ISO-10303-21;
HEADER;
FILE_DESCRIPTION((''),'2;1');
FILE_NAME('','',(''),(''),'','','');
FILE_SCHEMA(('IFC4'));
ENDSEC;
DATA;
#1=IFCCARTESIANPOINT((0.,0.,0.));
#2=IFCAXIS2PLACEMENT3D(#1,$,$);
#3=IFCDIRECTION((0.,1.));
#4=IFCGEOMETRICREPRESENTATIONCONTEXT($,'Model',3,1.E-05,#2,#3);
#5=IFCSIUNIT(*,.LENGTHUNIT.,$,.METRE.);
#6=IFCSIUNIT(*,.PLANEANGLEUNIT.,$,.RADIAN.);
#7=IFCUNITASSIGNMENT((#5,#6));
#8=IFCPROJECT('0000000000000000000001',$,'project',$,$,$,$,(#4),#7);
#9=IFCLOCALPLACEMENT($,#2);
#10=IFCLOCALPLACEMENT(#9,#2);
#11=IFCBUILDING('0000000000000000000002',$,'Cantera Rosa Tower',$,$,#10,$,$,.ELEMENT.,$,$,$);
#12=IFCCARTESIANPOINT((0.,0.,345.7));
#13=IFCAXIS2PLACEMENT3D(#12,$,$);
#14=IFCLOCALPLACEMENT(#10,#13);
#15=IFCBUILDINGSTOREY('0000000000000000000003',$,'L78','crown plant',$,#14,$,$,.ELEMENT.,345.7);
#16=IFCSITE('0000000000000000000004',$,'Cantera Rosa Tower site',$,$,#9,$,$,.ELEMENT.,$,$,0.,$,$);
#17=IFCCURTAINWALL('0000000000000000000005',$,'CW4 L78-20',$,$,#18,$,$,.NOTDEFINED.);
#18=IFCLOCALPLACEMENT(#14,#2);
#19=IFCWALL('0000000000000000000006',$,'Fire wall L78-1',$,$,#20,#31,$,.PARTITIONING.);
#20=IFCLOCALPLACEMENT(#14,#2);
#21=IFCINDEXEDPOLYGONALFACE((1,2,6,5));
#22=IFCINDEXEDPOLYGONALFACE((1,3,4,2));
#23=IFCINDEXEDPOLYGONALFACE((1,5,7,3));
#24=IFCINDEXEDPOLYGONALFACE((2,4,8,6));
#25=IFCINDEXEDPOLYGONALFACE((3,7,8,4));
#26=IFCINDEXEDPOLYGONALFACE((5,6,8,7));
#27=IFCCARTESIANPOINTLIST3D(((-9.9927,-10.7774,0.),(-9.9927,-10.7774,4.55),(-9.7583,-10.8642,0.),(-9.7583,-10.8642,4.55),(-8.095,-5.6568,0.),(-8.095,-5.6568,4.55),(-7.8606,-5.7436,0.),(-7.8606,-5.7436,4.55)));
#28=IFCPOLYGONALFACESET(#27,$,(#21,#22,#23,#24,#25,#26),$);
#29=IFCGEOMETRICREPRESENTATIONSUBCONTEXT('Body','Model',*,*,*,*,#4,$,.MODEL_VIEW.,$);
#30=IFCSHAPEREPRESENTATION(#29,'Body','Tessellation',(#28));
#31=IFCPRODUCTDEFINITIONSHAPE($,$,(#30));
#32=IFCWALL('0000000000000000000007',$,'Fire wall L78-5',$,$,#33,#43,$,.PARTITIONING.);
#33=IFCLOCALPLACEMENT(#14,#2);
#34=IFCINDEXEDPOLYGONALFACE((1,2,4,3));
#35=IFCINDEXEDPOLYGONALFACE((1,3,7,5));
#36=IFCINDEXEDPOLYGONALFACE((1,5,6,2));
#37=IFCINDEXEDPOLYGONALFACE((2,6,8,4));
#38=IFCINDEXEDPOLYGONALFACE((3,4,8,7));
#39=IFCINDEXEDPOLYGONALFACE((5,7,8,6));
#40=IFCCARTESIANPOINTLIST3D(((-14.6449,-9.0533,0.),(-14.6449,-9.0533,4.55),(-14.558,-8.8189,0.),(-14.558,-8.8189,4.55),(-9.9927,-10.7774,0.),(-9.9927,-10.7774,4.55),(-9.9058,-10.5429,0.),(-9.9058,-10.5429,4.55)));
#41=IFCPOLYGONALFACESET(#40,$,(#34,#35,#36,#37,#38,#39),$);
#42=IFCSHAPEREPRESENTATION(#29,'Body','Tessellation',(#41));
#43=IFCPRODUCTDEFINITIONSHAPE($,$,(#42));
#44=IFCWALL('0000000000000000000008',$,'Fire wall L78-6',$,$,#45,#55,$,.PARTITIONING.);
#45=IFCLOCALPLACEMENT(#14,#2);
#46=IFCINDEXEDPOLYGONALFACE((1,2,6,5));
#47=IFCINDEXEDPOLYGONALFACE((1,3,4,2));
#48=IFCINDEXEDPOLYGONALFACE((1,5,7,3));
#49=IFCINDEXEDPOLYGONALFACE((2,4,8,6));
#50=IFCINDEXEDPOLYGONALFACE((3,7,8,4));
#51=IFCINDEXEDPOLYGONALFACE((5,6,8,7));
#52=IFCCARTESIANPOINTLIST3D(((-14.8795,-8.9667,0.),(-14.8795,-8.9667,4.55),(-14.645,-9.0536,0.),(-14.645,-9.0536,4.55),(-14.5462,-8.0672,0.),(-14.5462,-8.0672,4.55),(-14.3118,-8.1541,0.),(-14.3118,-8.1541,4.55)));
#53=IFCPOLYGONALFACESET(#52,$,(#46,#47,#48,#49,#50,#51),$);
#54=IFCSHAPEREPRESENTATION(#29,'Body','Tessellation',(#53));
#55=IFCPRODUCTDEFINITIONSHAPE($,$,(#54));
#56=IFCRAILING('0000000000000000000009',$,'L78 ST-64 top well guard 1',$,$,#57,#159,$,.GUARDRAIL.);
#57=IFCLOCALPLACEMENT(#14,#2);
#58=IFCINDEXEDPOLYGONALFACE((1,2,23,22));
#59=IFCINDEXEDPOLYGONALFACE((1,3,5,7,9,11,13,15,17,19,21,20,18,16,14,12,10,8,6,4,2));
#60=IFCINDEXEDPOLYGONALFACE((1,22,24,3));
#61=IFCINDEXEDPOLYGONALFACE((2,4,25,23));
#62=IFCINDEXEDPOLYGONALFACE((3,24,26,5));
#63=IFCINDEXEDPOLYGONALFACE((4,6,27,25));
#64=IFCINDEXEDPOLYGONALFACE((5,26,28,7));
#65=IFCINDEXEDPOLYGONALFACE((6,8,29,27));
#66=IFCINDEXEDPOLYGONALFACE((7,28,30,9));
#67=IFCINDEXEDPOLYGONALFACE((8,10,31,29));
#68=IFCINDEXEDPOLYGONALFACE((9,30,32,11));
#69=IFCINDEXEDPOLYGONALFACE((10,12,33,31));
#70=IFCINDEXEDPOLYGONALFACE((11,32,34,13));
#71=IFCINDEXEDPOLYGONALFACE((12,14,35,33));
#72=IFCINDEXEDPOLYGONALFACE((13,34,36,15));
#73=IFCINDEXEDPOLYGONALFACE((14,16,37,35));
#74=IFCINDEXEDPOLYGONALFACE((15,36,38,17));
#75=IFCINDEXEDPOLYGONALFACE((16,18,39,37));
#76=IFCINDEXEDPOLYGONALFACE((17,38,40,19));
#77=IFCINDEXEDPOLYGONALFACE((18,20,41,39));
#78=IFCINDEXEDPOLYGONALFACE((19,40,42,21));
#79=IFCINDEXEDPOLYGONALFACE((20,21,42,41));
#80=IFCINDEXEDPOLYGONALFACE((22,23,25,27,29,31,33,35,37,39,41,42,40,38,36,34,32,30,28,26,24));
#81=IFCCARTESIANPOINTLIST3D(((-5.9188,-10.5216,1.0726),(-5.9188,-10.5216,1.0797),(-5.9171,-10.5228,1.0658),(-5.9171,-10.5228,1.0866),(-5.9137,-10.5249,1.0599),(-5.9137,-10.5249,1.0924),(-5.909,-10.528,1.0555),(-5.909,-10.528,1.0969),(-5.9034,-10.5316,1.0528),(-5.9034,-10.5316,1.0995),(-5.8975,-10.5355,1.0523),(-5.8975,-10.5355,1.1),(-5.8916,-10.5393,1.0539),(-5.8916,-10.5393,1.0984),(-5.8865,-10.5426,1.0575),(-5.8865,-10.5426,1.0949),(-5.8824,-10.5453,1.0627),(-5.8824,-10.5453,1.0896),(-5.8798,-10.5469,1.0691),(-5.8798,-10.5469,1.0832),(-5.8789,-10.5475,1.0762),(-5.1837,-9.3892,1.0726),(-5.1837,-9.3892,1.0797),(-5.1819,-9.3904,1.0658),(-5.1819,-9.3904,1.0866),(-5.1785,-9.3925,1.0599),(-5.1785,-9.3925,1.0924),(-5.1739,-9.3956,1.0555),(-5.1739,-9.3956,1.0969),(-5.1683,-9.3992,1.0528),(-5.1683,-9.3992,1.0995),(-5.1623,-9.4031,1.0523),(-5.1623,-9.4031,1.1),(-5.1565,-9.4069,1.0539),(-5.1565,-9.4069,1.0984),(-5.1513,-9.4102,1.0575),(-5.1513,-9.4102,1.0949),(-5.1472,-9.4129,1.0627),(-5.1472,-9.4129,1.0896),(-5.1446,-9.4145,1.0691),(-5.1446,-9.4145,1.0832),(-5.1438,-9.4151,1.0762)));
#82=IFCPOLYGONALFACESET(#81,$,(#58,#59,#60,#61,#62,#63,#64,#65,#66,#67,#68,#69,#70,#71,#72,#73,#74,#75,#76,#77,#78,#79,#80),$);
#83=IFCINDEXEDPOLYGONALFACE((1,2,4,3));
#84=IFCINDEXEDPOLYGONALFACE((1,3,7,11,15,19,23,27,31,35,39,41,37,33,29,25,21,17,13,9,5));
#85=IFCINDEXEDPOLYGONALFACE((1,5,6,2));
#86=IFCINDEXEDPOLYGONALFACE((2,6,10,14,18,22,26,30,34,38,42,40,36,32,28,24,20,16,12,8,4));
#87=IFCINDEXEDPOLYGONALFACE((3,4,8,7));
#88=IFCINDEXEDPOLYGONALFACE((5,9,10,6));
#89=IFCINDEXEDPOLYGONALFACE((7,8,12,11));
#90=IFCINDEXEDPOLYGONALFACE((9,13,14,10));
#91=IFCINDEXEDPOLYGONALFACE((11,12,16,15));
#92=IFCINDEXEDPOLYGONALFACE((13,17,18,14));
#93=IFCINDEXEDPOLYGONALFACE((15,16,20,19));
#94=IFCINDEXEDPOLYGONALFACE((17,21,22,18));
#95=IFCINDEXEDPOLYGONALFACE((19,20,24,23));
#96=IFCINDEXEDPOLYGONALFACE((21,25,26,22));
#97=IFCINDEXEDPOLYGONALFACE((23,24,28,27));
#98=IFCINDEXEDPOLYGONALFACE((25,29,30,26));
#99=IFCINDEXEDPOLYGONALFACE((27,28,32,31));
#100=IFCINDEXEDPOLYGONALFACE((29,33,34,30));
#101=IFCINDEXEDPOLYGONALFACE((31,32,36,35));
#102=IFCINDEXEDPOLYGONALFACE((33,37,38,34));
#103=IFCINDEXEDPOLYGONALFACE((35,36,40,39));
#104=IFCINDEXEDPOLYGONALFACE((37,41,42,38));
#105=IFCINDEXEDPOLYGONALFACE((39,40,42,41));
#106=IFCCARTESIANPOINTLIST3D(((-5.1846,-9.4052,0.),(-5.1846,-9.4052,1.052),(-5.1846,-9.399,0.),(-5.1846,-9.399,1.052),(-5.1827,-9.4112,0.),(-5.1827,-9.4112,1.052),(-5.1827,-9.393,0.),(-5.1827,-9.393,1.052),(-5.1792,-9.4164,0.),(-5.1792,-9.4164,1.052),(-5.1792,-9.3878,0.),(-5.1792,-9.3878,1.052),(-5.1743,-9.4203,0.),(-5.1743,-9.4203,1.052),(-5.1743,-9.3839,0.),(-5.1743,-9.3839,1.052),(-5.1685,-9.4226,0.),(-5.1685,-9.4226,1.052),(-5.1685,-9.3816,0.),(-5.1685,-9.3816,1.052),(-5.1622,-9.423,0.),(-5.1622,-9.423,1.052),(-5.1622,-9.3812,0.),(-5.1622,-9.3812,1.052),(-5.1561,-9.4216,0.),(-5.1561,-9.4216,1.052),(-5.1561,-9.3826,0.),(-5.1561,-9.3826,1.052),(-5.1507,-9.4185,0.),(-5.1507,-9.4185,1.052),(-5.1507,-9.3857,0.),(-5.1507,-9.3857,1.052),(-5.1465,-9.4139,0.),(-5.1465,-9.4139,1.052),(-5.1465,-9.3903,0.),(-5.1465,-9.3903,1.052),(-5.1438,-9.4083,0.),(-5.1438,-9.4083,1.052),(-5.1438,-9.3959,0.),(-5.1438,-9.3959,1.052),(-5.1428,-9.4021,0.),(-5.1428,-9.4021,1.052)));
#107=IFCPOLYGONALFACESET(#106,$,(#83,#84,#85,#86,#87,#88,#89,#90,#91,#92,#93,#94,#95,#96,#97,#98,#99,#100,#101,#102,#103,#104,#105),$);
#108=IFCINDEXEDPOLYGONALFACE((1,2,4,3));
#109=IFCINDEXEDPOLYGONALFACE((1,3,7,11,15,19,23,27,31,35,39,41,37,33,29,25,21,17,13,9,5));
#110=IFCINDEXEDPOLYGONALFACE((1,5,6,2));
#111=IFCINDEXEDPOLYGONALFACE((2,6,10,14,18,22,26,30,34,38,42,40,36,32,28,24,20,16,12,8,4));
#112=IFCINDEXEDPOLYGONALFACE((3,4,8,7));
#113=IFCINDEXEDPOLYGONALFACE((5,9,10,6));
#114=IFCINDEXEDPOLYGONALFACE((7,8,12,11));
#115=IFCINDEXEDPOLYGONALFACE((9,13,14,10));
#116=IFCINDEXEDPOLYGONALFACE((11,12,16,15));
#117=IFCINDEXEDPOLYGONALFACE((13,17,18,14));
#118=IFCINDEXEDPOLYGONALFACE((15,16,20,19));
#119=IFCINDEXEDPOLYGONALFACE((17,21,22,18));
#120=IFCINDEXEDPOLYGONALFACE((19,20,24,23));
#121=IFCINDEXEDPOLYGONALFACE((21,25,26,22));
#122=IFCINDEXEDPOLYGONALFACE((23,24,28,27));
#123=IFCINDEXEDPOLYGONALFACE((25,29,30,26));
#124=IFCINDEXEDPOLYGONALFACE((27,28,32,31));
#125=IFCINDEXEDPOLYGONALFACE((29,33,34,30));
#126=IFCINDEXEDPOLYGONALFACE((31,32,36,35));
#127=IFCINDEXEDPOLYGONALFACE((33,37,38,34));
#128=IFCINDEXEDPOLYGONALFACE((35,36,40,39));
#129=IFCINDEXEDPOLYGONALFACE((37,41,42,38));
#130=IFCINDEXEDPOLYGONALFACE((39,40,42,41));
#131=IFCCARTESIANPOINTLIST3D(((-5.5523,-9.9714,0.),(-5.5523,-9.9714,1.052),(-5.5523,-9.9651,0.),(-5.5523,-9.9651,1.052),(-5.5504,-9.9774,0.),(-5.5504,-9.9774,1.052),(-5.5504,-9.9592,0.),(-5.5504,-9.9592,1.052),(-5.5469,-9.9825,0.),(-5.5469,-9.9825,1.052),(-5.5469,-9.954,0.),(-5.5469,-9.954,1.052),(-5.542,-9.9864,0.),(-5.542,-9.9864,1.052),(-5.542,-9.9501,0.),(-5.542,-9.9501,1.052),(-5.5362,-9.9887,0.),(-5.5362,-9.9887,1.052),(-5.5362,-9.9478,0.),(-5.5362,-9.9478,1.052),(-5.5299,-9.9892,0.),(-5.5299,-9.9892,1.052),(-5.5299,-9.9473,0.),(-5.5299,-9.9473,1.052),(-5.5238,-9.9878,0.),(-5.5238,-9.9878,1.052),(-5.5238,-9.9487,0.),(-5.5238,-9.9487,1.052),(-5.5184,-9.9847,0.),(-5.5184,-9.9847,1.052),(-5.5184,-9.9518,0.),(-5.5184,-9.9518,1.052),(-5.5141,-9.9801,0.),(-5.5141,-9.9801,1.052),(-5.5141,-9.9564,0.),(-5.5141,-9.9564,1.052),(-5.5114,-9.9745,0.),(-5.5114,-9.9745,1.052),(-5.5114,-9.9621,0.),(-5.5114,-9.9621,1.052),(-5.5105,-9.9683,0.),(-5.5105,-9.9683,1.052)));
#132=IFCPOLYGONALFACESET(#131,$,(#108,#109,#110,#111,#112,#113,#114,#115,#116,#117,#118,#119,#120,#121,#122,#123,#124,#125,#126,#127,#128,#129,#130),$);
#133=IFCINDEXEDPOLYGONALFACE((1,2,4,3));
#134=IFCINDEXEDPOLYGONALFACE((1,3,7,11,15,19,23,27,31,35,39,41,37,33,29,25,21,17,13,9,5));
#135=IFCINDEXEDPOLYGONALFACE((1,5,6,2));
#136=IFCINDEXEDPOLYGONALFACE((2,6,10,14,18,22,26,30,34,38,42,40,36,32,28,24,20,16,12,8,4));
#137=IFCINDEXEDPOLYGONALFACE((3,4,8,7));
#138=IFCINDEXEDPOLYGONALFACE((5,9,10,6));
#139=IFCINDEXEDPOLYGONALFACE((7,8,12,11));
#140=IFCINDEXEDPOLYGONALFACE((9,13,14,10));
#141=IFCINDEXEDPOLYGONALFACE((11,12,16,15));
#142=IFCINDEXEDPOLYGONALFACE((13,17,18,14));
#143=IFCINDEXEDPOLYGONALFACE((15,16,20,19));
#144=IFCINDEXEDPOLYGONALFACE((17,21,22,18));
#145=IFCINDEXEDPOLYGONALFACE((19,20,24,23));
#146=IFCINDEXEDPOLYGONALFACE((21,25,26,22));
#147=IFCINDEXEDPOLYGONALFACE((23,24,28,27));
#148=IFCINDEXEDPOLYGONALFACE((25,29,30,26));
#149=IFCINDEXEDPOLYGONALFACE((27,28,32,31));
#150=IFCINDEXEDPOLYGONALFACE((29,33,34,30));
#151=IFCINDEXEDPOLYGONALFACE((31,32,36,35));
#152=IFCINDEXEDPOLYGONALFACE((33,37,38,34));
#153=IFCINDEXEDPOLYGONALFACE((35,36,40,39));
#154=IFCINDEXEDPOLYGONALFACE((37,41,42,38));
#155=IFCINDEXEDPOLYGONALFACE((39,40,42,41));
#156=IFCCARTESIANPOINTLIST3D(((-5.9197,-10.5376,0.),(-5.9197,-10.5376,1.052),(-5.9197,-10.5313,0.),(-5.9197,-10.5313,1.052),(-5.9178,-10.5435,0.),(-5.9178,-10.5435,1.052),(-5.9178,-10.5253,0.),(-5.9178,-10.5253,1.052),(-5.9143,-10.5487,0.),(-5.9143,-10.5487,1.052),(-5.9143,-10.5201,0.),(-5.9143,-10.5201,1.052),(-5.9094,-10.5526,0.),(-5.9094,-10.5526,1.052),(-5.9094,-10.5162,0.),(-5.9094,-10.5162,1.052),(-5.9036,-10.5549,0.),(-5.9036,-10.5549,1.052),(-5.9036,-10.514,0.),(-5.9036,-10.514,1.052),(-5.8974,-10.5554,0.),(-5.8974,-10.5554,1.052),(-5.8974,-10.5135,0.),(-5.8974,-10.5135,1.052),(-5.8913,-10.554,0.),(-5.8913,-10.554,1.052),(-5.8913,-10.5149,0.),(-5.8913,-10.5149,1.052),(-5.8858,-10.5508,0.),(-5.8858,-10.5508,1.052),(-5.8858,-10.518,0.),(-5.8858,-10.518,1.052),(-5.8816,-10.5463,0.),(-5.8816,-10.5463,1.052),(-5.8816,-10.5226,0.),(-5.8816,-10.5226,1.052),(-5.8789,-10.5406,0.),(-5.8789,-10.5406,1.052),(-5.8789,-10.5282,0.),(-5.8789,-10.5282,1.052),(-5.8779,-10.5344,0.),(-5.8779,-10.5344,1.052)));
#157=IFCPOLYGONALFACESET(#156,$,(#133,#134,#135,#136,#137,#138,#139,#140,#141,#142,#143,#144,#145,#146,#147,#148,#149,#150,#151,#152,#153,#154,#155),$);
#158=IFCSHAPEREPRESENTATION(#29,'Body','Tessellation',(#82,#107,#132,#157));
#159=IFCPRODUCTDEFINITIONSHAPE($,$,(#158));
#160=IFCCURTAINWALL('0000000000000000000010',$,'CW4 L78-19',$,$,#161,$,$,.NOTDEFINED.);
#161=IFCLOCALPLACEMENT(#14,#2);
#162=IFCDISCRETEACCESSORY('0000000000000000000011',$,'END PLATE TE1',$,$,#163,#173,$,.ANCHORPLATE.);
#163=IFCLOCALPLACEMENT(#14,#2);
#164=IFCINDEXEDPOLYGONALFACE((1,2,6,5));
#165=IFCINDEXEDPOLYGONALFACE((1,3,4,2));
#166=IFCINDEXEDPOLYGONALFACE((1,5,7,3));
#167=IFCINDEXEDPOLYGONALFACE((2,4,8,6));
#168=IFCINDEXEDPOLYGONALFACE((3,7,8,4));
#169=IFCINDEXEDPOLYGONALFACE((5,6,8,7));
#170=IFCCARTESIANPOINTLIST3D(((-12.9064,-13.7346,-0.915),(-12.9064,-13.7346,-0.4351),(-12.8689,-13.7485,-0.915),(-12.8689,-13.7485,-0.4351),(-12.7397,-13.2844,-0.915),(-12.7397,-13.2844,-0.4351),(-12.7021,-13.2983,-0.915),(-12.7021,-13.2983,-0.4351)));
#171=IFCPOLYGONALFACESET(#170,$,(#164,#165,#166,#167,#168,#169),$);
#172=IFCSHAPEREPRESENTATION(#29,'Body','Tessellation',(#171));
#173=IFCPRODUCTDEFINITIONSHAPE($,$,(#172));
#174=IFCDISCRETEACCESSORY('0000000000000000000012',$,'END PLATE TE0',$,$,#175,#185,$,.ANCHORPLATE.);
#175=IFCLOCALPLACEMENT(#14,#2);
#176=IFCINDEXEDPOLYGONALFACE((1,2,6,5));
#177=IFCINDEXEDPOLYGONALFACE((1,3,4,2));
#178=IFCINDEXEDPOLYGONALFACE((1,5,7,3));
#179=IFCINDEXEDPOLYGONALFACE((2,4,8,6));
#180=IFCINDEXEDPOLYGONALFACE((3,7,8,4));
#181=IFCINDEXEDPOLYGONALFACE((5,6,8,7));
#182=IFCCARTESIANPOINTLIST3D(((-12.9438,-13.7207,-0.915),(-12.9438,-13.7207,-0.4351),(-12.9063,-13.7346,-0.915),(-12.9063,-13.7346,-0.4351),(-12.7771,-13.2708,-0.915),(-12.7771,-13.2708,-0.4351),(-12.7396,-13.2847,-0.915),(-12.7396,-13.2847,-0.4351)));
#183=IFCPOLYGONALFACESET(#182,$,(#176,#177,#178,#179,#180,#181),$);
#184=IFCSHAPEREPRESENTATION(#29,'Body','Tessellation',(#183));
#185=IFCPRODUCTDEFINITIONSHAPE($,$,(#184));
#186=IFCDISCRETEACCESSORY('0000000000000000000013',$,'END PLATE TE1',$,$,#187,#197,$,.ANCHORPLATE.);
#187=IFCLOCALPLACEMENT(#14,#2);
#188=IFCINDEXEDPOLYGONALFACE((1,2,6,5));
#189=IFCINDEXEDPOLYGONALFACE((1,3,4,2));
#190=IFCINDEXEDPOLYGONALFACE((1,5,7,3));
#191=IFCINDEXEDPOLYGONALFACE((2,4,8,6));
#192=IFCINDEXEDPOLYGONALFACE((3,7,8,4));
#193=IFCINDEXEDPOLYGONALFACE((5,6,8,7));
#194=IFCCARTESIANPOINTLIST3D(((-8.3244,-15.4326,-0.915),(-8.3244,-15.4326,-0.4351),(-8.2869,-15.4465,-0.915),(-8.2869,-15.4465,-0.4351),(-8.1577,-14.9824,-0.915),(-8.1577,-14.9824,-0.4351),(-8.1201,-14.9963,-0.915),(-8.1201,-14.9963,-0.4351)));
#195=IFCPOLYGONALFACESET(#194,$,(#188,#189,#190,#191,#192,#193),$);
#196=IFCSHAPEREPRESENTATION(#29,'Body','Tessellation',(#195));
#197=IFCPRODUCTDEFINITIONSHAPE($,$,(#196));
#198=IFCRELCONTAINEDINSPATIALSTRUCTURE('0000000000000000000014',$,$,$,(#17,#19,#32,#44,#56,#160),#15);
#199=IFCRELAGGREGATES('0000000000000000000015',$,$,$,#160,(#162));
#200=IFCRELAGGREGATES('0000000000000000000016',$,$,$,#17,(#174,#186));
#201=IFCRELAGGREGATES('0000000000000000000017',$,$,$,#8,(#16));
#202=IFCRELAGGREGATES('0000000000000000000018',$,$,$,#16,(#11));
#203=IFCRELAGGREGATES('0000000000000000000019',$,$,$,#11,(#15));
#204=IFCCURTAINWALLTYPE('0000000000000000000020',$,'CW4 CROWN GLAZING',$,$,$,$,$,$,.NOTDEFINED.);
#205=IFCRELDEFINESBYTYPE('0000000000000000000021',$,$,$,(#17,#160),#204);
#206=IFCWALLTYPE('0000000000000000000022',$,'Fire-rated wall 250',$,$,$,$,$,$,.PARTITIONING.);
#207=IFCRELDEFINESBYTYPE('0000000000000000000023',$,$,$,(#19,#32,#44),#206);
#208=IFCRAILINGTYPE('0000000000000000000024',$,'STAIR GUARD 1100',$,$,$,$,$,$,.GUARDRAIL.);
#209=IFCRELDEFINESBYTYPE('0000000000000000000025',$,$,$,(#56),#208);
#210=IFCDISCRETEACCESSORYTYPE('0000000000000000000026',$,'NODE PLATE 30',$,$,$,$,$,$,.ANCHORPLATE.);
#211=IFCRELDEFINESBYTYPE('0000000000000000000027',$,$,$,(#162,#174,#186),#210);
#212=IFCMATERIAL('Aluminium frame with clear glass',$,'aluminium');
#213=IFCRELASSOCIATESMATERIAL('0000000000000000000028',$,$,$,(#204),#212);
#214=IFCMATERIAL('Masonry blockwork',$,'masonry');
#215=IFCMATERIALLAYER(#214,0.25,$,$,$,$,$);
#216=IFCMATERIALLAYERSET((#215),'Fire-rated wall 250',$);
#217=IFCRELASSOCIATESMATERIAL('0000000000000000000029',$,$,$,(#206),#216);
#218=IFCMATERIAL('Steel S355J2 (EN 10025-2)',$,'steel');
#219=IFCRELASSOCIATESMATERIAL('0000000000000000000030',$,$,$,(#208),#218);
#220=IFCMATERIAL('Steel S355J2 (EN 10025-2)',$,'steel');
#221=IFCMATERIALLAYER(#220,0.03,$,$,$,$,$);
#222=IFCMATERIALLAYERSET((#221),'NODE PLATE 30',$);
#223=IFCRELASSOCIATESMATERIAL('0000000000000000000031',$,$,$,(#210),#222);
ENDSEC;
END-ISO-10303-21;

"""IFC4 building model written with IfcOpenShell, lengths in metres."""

from ifc_helpers import new_model, si_unit, direction, frame, frame_2d, origin, origin_2d, place, context, subcontext, project, spatial, polyline, rectangle, circle, outline, extrude, material, layer, layer_set, type_object, element, aggregate, save


model = new_model("IFC4")

# Units and contexts
model_context = context("Model", 3, precision=1e-05, world=origin(), true_north=direction((0.0, 1.0)))
body_context = subcontext(model_context, "Body", "Model", "MODEL_VIEW")
ifc_project = project(units=[si_unit("LENGTHUNIT", "METRE"), si_unit("PLANEANGLEUNIT", "RADIAN")], contexts=[model_context])

# Site, building, storey
site_placement = place(None, origin())
site = spatial("IfcSite", under=ifc_project, at=site_placement, Name="Cantera Rosa Tower site", CompositionType="ELEMENT", RefElevation=0.0)
building_placement = place(site_placement, origin())
building = spatial("IfcBuilding", under=site, at=building_placement, Name="Cantera Rosa Tower", CompositionType="ELEMENT")
storey_placement = place(building_placement, frame((0.0, 0.0, 345.7)))
storey = spatial("IfcBuildingStorey", under=building, at=storey_placement, Name="L78", Description="crown plant", CompositionType="ELEMENT", Elevation=345.7)

# Curtain wall
ifc_material_1 = material(Name="Aluminium frame with clear glass", Category="aluminium")
curtain_wall_type = type_object("IfcCurtainWallType", Name="CW4 CROWN GLAZING", PredefinedType="NOTDEFINED", material=ifc_material_1)
curtain_wall_1_placement = place(storey_placement, origin())
curtain_wall_1 = element("IfcCurtainWall", 1, at=curtain_wall_1_placement, inside=storey, type_object=curtain_wall_type, Name="CW4 L78-20", PredefinedType="NOTDEFINED")

# Walls
ifc_material_2 = material(Name="Masonry blockwork", Category="masonry")
ifc_layer_1 = layer(ifc_material_2, 0.25)
ifc_layer_set_1 = layer_set([ifc_layer_1], Name="Fire-rated wall 250")
wall_type = type_object("IfcWallType", Name="Fire-rated wall 250", PredefinedType="PARTITIONING", material=ifc_layer_set_1)
wall_1_placement = place(storey_placement, frame((-9.8755, -10.8208, 0.0), z_axis=(0.0, 0.0, 1.0), x_axis=(0.347505, 0.937678, 0.0)))
element("IfcWall", 2, at=wall_1_placement, inside=storey, type_object=wall_type, Name="Fire wall L78-1", PredefinedType="PARTITIONING", context=body_context, shape_type="SweptSolid", body=[
    extrude(rectangle(XDim=5.4609, YDim=0.25, at=frame_2d((2.7305, 0.0))), origin(), (0.0, 0.0, 1.0), 4.55),
])
wall_2_placement = place(storey_placement, frame((-9.9492, -10.6602, 0.0), z_axis=(0.0, 0.0, 1.0), x_axis=(-0.937681, 0.347497, 0.0)))
element("IfcWall", 3, at=wall_2_placement, inside=storey, type_object=wall_type, Name="Fire wall L78-5", PredefinedType="PARTITIONING", context=body_context, shape_type="SweptSolid", body=[
    extrude(rectangle(XDim=4.9614, YDim=0.25, at=frame_2d((2.4807, 0.0))), origin(), (0.0, 0.0, 1.0), 4.55),
])
wall_3_placement = place(storey_placement, frame((-14.7622, -9.01, 0.0), z_axis=(0.0, 0.0, 1.0), x_axis=(0.347439, 0.937703, 0.0)))
element("IfcWall", 4, at=wall_3_placement, inside=storey, type_object=wall_type, Name="Fire wall L78-6", PredefinedType="PARTITIONING", context=body_context, shape_type="SweptSolid", body=[
    extrude(rectangle(XDim=0.9592, YDim=0.25, at=frame_2d((0.4795, 0.0))), origin(), (0.0, 0.0, 1.0), 4.55),
])

# Railing
ifc_material_3 = material(Name="Steel S355J2 (EN 10025-2)", Category="steel")
railing_type = type_object("IfcRailingType", Name="STAIR GUARD 1100", PredefinedType="GUARDRAIL", material=ifc_material_3)
railing_1_placement = place(storey_placement, frame((-5.1638, -9.4021, 0.0)))
element("IfcRailing", 5, at=railing_1_placement, inside=storey, type_object=railing_type, Name="L78 ST-64 top well guard 1", PredefinedType="GUARDRAIL", context=body_context, shape_type="SweptSolid", body=[
    extrude(circle(Radius=0.0239, at=origin_2d()), frame((0.0, 0.0, 1.0762), z_axis=(-0.544518, -0.838749, 0.0), x_axis=(0.838749, -0.544518, 0.0)), (0.0, 0.0, 1.0), 1.3501),
    extrude(circle(Radius=0.021, at=origin_2d()), origin(), (0.0, 0.0, 1.0), 1.052),
    extrude(circle(Radius=0.021, at=origin_2d()), frame((-0.3677, -0.5662, 0.0)), (0.0, 0.0, 1.0), 1.052),
    extrude(circle(Radius=0.021, at=origin_2d()), frame((-0.7351, -1.1323, 0.0)), (0.0, 0.0, 1.0), 1.052),
])

# Curtain wall, discrete accessory
curtain_wall_2_placement = place(storey_placement, origin())
curtain_wall_2 = element("IfcCurtainWall", 6, at=curtain_wall_2_placement, inside=storey, type_object=curtain_wall_type, Name="CW4 L78-19", PredefinedType="NOTDEFINED")
ifc_material_4 = material(Name="Steel S355J2 (EN 10025-2)", Category="steel")
ifc_layer_2 = layer(ifc_material_4, 0.03)
ifc_layer_set_2 = layer_set([ifc_layer_2], Name="NODE PLATE 30")
discrete_accessory_type = type_object("IfcDiscreteAccessoryType", Name="NODE PLATE 30", PredefinedType="ANCHORPLATE", material=ifc_layer_set_2)
discrete_accessory_1_placement = place(storey_placement, frame((-12.7021, -13.2983, -0.4351), z_axis=(0.937743, -0.347331, 0.0), x_axis=(-0.347331, -0.937743, 0.0)))
discrete_accessory_1 = element("IfcDiscreteAccessory", 7, at=discrete_accessory_1_placement, type_object=discrete_accessory_type, Name="END PLATE TE1", PredefinedType="ANCHORPLATE", context=body_context, shape_type="SweptSolid", body=[
    extrude(outline(polyline([(0.0, 0.0), (0.4801, 0.0), (0.4801, 0.48), (0.0, 0.48), (0.0, 0.0)])), origin(), (0.0, 0.0, -1.0), 0.04),
])
aggregate(curtain_wall_2, [discrete_accessory_1])

# Discrete accessories
discrete_accessory_2_placement = place(storey_placement, frame((-12.9438, -13.7207, -0.4351), z_axis=(-0.937681, 0.347497, 0.0), x_axis=(0.347497, 0.937681, 0.0)))
discrete_accessory_2 = element("IfcDiscreteAccessory", 8, at=discrete_accessory_2_placement, type_object=discrete_accessory_type, Name="END PLATE TE0", PredefinedType="ANCHORPLATE", context=body_context, shape_type="SweptSolid", body=[
    extrude(outline(polyline([(0.0, 0.0), (0.4799, 0.0), (0.4799, 0.48), (0.0, 0.48), (0.0, 0.0)])), origin(), (0.0, 0.0, -1.0), 0.04),
])
discrete_accessory_3_placement = place(storey_placement, frame((-8.1201, -14.9963, -0.4351), z_axis=(0.937743, -0.347331, 0.0), x_axis=(-0.347331, -0.937743, 0.0)))
discrete_accessory_3 = element("IfcDiscreteAccessory", 9, at=discrete_accessory_3_placement, type_object=discrete_accessory_type, Name="END PLATE TE1", PredefinedType="ANCHORPLATE", context=body_context, shape_type="SweptSolid", body=[
    extrude(outline(polyline([(0.0, 0.0), (0.4801, 0.0), (0.4801, 0.48), (0.0, 0.48), (0.0, 0.0)])), origin(), (0.0, 0.0, -1.0), 0.04),
])
aggregate(curtain_wall_1, [discrete_accessory_2, discrete_accessory_3])

save(model, "model.ifc")
